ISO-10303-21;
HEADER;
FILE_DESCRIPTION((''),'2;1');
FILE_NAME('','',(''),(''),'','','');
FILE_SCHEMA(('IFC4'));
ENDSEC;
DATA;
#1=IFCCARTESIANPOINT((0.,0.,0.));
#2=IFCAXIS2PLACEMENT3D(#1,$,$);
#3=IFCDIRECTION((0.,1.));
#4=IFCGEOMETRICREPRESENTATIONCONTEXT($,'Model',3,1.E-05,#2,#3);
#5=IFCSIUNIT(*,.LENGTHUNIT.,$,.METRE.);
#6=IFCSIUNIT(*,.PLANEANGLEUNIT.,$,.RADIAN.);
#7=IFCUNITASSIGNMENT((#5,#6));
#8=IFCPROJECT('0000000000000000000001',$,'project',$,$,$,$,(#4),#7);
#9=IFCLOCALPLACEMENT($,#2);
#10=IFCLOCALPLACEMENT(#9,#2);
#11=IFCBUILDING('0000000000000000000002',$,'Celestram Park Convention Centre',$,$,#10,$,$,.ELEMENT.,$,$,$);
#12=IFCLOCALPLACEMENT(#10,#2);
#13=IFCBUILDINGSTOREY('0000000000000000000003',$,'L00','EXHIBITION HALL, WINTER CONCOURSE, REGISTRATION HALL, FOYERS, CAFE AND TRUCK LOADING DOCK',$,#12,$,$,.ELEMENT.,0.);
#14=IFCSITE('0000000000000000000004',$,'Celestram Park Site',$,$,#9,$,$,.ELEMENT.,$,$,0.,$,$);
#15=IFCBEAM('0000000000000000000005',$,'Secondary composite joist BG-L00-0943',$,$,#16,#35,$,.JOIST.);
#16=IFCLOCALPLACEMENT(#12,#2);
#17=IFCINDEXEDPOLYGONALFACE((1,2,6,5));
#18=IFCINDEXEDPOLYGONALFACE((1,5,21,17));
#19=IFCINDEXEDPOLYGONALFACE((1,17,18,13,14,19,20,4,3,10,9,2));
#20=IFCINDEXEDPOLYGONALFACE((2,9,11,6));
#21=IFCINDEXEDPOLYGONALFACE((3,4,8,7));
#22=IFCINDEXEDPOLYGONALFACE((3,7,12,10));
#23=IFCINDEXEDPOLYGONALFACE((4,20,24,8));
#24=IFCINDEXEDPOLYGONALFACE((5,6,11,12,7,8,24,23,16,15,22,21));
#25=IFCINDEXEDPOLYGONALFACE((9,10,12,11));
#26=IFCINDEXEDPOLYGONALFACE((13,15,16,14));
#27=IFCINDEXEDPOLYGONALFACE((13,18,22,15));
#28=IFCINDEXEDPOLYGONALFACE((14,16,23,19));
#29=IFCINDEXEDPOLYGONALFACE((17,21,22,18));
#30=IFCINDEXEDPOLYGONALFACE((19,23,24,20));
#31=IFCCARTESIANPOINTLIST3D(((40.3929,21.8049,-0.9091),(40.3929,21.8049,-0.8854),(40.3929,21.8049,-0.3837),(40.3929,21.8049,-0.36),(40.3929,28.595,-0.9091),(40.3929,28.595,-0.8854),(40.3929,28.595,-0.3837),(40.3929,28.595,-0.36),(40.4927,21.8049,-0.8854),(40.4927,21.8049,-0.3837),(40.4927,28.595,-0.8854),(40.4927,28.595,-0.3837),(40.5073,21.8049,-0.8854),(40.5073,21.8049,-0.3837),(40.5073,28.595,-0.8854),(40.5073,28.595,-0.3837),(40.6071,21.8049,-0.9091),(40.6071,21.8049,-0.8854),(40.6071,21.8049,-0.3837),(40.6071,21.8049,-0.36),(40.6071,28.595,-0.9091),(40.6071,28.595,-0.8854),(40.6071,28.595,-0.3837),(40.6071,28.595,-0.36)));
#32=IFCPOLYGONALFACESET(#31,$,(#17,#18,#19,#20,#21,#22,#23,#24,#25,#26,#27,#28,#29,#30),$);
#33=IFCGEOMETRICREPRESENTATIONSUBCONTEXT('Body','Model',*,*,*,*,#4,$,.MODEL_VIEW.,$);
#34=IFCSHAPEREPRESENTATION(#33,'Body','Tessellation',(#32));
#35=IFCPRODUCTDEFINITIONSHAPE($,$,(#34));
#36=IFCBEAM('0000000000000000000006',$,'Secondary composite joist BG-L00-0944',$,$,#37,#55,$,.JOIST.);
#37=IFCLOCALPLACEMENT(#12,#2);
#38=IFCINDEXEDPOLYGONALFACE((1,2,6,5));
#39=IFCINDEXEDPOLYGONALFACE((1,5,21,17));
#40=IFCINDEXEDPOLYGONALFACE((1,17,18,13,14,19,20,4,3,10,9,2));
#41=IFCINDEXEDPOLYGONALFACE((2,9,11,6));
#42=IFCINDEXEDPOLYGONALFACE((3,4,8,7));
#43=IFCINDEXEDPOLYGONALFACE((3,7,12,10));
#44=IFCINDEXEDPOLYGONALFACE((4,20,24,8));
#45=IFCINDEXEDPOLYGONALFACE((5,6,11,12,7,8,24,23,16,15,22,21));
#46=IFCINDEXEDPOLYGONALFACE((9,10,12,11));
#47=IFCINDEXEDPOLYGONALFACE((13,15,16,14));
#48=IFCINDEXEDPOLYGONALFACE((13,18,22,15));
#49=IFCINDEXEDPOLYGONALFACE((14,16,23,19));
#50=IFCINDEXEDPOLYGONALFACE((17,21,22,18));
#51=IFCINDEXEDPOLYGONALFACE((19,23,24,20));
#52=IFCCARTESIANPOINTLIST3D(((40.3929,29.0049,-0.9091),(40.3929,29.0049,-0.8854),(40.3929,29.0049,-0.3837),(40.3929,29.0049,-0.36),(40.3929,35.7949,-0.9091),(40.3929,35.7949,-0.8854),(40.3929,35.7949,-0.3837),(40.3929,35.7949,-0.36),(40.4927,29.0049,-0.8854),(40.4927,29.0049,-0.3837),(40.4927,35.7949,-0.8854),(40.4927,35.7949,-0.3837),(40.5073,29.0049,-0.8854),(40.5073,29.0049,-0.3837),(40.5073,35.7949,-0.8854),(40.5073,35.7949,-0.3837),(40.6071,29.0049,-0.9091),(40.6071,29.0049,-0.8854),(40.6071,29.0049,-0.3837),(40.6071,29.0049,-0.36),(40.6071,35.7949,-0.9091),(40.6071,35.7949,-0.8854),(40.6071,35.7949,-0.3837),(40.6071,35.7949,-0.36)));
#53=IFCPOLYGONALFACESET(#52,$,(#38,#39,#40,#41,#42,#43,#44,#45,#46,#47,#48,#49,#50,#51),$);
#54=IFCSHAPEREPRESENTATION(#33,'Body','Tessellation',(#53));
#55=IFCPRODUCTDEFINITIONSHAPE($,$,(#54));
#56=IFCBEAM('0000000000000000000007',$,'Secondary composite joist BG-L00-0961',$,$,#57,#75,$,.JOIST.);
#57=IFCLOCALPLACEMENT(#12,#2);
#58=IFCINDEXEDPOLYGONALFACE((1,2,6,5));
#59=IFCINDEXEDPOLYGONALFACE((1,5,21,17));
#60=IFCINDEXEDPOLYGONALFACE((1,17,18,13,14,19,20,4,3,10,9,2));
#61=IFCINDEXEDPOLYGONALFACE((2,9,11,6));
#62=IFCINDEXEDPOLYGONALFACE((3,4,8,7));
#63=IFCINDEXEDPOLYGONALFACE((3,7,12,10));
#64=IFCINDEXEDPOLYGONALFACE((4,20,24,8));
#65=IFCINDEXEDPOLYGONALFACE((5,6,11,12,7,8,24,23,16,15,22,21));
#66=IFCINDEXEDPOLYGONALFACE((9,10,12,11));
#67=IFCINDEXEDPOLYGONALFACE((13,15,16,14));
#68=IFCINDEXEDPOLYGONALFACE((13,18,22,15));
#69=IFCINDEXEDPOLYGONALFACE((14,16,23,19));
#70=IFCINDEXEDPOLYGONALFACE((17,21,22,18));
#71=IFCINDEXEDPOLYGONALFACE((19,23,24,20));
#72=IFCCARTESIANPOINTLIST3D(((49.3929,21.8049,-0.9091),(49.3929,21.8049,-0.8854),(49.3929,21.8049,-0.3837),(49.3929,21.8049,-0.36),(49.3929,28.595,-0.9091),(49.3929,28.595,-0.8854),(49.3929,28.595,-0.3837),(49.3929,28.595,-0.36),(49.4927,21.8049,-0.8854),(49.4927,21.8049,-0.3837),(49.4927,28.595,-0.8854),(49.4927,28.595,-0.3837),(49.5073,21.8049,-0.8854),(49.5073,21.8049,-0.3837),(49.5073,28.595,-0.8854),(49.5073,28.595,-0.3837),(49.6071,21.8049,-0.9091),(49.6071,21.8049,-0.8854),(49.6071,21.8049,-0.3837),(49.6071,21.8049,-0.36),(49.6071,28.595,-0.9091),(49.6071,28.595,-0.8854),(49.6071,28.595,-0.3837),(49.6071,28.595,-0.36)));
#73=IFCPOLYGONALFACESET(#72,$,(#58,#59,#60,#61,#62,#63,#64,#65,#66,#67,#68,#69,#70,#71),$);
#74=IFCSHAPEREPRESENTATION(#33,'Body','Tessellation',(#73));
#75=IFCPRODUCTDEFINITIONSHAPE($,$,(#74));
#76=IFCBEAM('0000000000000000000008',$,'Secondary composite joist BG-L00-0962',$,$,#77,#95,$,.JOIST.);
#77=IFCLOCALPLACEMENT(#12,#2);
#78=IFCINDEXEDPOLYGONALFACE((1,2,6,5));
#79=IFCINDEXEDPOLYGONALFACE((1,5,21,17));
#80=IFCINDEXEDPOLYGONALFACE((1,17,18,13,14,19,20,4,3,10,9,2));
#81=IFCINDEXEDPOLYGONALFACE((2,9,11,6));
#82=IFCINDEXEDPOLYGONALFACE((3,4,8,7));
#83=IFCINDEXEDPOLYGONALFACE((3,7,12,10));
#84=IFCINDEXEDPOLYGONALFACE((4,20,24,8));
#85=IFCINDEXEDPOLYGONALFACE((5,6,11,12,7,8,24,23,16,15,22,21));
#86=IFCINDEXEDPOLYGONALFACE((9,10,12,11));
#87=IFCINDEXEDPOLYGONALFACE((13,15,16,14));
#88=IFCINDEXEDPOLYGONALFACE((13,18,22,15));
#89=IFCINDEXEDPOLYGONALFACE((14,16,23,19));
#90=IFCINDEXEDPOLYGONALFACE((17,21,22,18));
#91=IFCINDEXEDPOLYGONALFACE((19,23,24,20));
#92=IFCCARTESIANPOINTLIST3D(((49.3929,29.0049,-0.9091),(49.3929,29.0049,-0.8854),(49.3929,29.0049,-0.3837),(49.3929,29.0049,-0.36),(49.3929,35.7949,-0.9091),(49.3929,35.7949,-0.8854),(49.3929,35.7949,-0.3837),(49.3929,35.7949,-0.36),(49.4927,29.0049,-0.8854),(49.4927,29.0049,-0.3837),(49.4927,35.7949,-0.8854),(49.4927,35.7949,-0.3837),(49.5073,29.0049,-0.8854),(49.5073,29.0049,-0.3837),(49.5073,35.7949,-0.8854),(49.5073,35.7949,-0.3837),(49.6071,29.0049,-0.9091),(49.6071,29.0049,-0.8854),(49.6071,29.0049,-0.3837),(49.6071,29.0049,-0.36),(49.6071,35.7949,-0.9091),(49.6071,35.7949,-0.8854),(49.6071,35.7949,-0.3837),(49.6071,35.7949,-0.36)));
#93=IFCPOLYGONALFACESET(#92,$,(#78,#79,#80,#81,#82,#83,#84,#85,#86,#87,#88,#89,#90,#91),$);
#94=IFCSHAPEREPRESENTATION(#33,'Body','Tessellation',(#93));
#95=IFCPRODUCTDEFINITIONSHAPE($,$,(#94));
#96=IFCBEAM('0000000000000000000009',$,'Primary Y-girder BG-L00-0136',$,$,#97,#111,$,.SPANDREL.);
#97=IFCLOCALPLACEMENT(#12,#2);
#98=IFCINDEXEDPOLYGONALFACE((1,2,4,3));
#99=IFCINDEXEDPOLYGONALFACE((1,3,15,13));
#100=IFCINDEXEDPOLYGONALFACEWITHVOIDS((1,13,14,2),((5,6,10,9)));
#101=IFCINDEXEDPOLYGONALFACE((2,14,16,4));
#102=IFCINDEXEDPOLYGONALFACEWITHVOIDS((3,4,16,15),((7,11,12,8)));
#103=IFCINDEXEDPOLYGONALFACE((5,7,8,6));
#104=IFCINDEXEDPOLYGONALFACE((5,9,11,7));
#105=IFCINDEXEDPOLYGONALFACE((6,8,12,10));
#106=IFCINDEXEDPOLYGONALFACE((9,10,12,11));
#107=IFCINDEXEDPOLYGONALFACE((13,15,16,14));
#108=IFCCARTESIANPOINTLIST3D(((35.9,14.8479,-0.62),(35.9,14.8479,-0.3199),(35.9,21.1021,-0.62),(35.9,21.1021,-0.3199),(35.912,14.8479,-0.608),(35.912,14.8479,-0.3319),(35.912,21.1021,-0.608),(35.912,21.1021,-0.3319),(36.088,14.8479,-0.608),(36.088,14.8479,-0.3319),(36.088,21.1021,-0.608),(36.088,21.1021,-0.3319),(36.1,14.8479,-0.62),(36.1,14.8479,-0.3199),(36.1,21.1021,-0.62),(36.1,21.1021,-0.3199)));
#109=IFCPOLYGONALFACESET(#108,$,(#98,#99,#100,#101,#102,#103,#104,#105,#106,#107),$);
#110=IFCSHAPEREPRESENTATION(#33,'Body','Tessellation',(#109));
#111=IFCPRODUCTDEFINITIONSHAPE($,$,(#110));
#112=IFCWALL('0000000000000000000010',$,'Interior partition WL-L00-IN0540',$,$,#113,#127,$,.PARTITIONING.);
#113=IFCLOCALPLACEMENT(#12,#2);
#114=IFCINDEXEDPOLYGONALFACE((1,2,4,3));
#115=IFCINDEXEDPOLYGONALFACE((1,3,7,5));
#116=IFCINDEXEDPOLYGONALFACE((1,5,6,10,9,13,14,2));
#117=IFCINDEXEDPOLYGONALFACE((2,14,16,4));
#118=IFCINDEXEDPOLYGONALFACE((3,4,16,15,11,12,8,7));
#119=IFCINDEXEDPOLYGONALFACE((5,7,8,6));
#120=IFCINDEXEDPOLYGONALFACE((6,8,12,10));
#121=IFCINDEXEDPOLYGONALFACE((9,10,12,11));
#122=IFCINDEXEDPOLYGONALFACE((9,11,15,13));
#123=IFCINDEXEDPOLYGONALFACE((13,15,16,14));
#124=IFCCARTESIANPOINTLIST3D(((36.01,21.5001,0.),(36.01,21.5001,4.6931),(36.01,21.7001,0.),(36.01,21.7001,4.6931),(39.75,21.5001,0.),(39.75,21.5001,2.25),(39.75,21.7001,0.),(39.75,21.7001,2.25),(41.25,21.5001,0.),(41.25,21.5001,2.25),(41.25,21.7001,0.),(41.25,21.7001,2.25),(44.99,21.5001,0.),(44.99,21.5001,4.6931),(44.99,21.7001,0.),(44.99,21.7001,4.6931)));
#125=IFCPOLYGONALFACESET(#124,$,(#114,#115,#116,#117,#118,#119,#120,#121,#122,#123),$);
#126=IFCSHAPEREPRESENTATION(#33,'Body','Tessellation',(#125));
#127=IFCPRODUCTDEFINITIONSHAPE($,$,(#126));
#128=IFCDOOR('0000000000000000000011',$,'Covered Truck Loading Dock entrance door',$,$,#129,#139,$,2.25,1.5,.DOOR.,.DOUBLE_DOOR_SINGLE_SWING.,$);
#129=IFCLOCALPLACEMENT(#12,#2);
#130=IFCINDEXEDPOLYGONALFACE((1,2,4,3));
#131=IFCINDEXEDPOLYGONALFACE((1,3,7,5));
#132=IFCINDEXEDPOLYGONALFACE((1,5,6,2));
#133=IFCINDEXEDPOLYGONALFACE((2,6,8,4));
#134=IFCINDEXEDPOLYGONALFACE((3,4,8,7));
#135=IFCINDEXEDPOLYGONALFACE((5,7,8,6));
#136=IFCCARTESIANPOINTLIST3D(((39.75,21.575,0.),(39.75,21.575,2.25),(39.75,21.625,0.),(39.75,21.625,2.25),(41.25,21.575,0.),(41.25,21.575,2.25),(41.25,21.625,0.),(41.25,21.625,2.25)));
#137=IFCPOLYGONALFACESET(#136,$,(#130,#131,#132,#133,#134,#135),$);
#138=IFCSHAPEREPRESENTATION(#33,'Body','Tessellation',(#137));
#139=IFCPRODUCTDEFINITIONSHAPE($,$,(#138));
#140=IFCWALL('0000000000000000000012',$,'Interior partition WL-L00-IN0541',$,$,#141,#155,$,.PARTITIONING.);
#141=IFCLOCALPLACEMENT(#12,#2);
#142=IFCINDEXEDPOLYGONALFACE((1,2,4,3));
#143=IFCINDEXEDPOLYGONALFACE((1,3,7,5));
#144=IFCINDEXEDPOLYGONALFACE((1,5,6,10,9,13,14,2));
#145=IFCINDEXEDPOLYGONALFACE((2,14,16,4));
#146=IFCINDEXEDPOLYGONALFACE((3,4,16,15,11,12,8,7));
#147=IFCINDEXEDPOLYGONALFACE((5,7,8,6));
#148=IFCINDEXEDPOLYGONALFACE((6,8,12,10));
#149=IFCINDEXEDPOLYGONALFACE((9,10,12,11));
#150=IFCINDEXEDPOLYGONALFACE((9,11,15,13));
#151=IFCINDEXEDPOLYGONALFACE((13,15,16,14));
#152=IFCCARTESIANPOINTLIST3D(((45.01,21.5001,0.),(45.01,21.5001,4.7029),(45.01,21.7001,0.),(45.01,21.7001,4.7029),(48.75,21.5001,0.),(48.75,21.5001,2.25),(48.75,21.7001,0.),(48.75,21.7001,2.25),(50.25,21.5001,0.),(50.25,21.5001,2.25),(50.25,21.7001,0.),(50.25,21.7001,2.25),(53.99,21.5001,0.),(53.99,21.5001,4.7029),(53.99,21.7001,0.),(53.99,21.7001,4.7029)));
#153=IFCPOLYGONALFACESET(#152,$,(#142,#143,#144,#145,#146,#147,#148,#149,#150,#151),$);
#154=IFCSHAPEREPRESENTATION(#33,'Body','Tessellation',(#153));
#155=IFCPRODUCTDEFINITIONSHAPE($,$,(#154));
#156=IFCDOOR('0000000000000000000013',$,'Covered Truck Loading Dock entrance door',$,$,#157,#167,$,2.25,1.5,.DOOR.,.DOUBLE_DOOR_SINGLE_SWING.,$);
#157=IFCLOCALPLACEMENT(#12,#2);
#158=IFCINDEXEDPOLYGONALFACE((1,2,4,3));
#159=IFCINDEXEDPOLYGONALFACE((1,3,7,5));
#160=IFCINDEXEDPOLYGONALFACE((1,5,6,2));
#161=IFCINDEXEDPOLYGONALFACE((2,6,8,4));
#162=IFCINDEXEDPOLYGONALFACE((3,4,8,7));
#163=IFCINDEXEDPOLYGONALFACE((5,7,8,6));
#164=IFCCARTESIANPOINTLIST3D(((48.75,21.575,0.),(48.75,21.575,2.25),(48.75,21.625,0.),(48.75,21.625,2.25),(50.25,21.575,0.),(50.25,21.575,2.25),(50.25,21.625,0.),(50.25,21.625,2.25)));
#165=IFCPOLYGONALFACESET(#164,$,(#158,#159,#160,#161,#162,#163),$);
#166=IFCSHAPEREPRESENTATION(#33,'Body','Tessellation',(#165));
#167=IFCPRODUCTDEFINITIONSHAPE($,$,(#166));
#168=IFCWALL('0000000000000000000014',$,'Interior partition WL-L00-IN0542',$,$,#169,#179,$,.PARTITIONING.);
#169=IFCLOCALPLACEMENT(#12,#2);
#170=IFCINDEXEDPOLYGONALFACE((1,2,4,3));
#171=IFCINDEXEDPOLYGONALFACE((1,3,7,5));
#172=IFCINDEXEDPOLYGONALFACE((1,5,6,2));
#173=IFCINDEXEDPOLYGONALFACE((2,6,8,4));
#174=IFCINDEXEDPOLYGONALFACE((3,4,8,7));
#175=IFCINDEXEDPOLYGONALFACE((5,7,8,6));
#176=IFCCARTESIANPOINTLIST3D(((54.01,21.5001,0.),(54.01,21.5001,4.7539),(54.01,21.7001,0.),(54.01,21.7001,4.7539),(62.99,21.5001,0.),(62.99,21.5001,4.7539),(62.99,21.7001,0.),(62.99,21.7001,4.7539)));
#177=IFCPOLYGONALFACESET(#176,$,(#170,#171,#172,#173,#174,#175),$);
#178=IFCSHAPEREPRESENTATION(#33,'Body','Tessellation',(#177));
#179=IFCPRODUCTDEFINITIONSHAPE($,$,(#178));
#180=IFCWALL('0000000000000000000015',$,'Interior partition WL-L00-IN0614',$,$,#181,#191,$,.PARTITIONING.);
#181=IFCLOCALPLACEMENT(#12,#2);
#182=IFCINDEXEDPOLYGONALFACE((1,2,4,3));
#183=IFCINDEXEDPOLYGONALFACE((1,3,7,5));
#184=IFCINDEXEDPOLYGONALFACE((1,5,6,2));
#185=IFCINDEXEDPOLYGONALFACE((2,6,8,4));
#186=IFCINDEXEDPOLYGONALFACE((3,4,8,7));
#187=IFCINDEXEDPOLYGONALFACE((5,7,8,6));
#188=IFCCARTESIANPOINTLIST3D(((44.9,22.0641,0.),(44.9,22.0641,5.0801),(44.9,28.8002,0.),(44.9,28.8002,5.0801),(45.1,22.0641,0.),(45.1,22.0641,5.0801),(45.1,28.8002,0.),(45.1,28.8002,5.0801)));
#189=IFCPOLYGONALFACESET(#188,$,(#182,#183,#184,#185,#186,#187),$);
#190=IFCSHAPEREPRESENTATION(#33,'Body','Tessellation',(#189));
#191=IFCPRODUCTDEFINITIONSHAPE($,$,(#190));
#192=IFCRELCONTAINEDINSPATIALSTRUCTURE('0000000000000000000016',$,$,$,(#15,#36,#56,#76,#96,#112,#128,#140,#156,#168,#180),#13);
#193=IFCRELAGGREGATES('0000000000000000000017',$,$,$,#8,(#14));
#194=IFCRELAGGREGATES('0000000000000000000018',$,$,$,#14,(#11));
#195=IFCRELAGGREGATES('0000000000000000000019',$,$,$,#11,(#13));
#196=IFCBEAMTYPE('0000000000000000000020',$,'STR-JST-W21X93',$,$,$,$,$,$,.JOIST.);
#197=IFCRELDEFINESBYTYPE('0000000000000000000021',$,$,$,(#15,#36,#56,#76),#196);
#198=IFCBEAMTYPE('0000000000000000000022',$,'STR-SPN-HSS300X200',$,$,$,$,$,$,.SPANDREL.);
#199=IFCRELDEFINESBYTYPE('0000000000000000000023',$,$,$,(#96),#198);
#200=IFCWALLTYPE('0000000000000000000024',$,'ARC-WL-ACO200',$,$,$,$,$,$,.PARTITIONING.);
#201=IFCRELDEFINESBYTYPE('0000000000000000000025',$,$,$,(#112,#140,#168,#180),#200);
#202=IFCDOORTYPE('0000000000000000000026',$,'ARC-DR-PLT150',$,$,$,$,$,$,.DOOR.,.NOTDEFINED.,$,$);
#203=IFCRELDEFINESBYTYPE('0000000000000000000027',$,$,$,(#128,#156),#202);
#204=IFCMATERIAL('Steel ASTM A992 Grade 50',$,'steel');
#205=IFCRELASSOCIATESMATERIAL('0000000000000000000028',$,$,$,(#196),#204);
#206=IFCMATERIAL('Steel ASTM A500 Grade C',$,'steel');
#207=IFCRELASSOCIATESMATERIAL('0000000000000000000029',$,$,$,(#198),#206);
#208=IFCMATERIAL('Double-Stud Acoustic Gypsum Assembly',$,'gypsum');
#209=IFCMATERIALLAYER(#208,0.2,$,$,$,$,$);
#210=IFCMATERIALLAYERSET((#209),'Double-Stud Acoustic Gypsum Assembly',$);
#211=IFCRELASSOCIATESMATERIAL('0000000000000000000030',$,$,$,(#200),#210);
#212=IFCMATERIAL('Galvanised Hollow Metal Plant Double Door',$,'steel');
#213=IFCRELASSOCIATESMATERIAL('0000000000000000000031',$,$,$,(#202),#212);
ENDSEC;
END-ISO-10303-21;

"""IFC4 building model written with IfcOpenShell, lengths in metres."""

from ifc_helpers import new_model, si_unit, direction, frame, frame_2d, origin, origin_2d, place, context, subcontext, project, spatial, rectangle, hollow_rectangle, i_section, extrude, material, layer, layer_set, material_profile, profile_set, type_object, element, fill, save


model = new_model("IFC4")

# Units and contexts
model_context = context("Model", 3, precision=1e-05, world=origin(), true_north=direction((0.0, 1.0)))
body_context = subcontext(model_context, "Body", "Model", "MODEL_VIEW")
ifc_project = project(units=[si_unit("LENGTHUNIT", "METRE"), si_unit("PLANEANGLEUNIT", "RADIAN")], contexts=[model_context])

# Site, building, storey
site_placement = place(None, origin())
site = spatial("IfcSite", under=ifc_project, at=site_placement, Name="Celestram Park Site", CompositionType="ELEMENT", RefElevation=0.0)
building_placement = place(site_placement, origin())
building = spatial("IfcBuilding", under=site, at=building_placement, Name="Celestram Park Convention Centre", CompositionType="ELEMENT")
storey_placement = place(building_placement, origin())
storey = spatial("IfcBuildingStorey", under=building, at=storey_placement, Name="L00", Description="EXHIBITION HALL, WINTER CONCOURSE, REGISTRATION HALL, FOYERS, CAFE AND TRUCK LOADING DOCK", CompositionType="ELEMENT", Elevation=0.0)

# Shared definitions
ifc_material_1 = material(Name="Steel ASTM A992 Grade 50", Category="steel")

# Beams
ifc_material_profile_1 = material_profile(ifc_material_1, i_section(OverallWidth=0.2141, OverallDepth=0.5491, WebThickness=0.0146, FlangeThickness=0.0237, at=origin_2d()), Name="W21X93")
ifc_profile_set_1 = profile_set([ifc_material_profile_1], Name="Steel ASTM A992 Grade 50")
beam_type_1 = type_object("IfcBeamType", Name="STR-JST-W21X93", PredefinedType="JOIST", material=ifc_profile_set_1)
for number, where, z_axis, x_axis, name in (
    (1, (40.5, 21.8049, -0.6345), (0.0, 1.0, 0.0), (-1.0, 0.0, 0.0), "Secondary composite joist BG-L00-0943"),
    (2, (40.5, 29.0049, -0.6345), (0.0, 1.0, 0.0), (-1.0, 0.0, 0.0), "Secondary composite joist BG-L00-0944"),
    (3, (49.5, 21.8049, -0.6345), (0.0, 1.0, 0.0), (-1.0, 0.0, 0.0), "Secondary composite joist BG-L00-0961"),
    (4, (49.5, 29.0049, -0.6345), (0.0, 1.0, 0.0), (-1.0, 0.0, 0.0), "Secondary composite joist BG-L00-0962"),
):
    element("IfcBeam", number, at=place(storey_placement, frame(where, z_axis=z_axis, x_axis=x_axis)), inside=storey, type_object=beam_type_1, Name=name, PredefinedType="JOIST", context=body_context, shape_type="SweptSolid", body=[
        extrude(i_section(OverallWidth=0.2141, OverallDepth=0.5491, WebThickness=0.0146, FlangeThickness=0.0237, at=origin_2d()), origin(), (0.0, 0.0, 1.0), 6.79),
    ])
ifc_material_2 = material(Name="Steel ASTM A500 Grade C", Category="steel")
ifc_material_profile_2 = material_profile(ifc_material_2, hollow_rectangle(XDim=0.2, YDim=0.3, WallThickness=0.012, at=origin_2d()), Name="HSS300X200X12")
ifc_profile_set_2 = profile_set([ifc_material_profile_2], Name="Steel ASTM A500 Grade C")
beam_type_2 = type_object("IfcBeamType", Name="STR-SPN-HSS300X200", PredefinedType="SPANDREL", material=ifc_profile_set_2)
beam_1_placement = place(storey_placement, frame((36.0, 14.8479, -0.47), z_axis=(0.0, 1.0, 0.0), x_axis=(-1.0, 0.0, 0.0)))
element("IfcBeam", 5, at=beam_1_placement, inside=storey, type_object=beam_type_2, Name="Primary Y-girder BG-L00-0136", PredefinedType="SPANDREL", context=body_context, shape_type="SweptSolid", body=[
    extrude(hollow_rectangle(XDim=0.2, YDim=0.3, WallThickness=0.012, at=origin_2d()), origin(), (0.0, 0.0, 1.0), 6.2542),
])

# Walls, openings, doors
ifc_material_3 = material(Name="Double-Stud Acoustic Gypsum Assembly", Category="gypsum")
ifc_layer = layer(ifc_material_3, 0.2)
ifc_layer_set = layer_set([ifc_layer], Name="Double-Stud Acoustic Gypsum Assembly")
wall_type = type_object("IfcWallType", Name="ARC-WL-ACO200", PredefinedType="PARTITIONING", material=ifc_layer_set)
wall_1_placement = place(storey_placement, frame((36.01, 21.6001, 0.0), z_axis=(0.0, 0.0, 1.0), x_axis=(1.0, 0.0, 0.0)))
wall_1 = element("IfcWall", 6, at=wall_1_placement, inside=storey, type_object=wall_type, Name="Interior partition WL-L00-IN0540", PredefinedType="PARTITIONING", context=body_context, shape_type="SweptSolid", body=[
    extrude(rectangle(XDim=8.98, YDim=0.2, at=frame_2d((4.49, 0.0))), origin(), (0.0, 0.0, 1.0), 4.6931),
])
opening_1_placement = place(wall_1_placement, frame((3.74, 0.0, 0.0)))
opening_1 = element("IfcOpeningElement", 7, at=opening_1_placement, cuts=wall_1, PredefinedType="OPENING", context=body_context, shape_type="SweptSolid", body=[
    extrude(rectangle(XDim=1.5, YDim=2.25, at=frame_2d((0.75, 1.125))), frame((0.0, 0.1099, 0.0), z_axis=(0.0, -1.0, 0.0), x_axis=(1.0, 0.0, 0.0)), (0.0, 0.0, 1.0), 0.22),
])
ifc_material_4 = material(Name="Galvanised Hollow Metal Plant Double Door", Category="steel")
door_type = type_object("IfcDoorType", Name="ARC-DR-PLT150", OperationType="NOTDEFINED", PredefinedType="DOOR", material=ifc_material_4)
door_1_placement = place(opening_1_placement, origin())
door_1 = element("IfcDoor", 8, at=door_1_placement, inside=storey, type_object=door_type, Name="Covered Truck Loading Dock entrance door", OperationType="DOUBLE_DOOR_SINGLE_SWING", OverallHeight=2.25, OverallWidth=1.5, PredefinedType="DOOR", context=body_context, shape_type="SweptSolid", body=[
    extrude(rectangle(XDim=1.5, YDim=2.25, at=frame_2d((0.75, 1.125))), frame((0.0, 0.0249, 0.0), z_axis=(0.0, -1.0, 0.0), x_axis=(1.0, 0.0, 0.0)), (0.0, 0.0, 1.0), 0.05),
])
fill(opening_1, door_1)
wall_2_placement = place(storey_placement, frame((45.01, 21.6001, 0.0), z_axis=(0.0, 0.0, 1.0), x_axis=(1.0, 0.0, 0.0)))
wall_2 = element("IfcWall", 9, at=wall_2_placement, inside=storey, type_object=wall_type, Name="Interior partition WL-L00-IN0541", PredefinedType="PARTITIONING", context=body_context, shape_type="SweptSolid", body=[
    extrude(rectangle(XDim=8.98, YDim=0.2, at=frame_2d((4.49, 0.0))), origin(), (0.0, 0.0, 1.0), 4.7029),
])
opening_2_placement = place(wall_2_placement, frame((3.74, 0.0, 0.0)))
opening_2 = element("IfcOpeningElement", 10, at=opening_2_placement, cuts=wall_2, PredefinedType="OPENING", context=body_context, shape_type="SweptSolid", body=[
    extrude(rectangle(XDim=1.5, YDim=2.25, at=frame_2d((0.75, 1.125))), frame((0.0, 0.1099, 0.0), z_axis=(0.0, -1.0, 0.0), x_axis=(1.0, 0.0, 0.0)), (0.0, 0.0, 1.0), 0.22),
])
door_2_placement = place(opening_2_placement, origin())
door_2 = element("IfcDoor", 11, at=door_2_placement, inside=storey, type_object=door_type, Name="Covered Truck Loading Dock entrance door", OperationType="DOUBLE_DOOR_SINGLE_SWING", OverallHeight=2.25, OverallWidth=1.5, PredefinedType="DOOR", context=body_context, shape_type="SweptSolid", body=[
    extrude(rectangle(XDim=1.5, YDim=2.25, at=frame_2d((0.75, 1.125))), frame((0.0, 0.0249, 0.0), z_axis=(0.0, -1.0, 0.0), x_axis=(1.0, 0.0, 0.0)), (0.0, 0.0, 1.0), 0.05),
])
fill(opening_2, door_2)

# Walls
wall_3_placement = place(storey_placement, frame((54.01, 21.6001, 0.0), z_axis=(0.0, 0.0, 1.0), x_axis=(1.0, 0.0, 0.0)))
element("IfcWall", 12, at=wall_3_placement, inside=storey, type_object=wall_type, Name="Interior partition WL-L00-IN0542", PredefinedType="PARTITIONING", context=body_context, shape_type="SweptSolid", body=[
    extrude(rectangle(XDim=8.98, YDim=0.2, at=frame_2d((4.49, 0.0))), origin(), (0.0, 0.0, 1.0), 4.7539),
])
wall_4_placement = place(storey_placement, frame((45.0, 22.064, 0.0), z_axis=(0.0, 0.0, 1.0), x_axis=(0.0, 1.0, 0.0)))
element("IfcWall", 13, at=wall_4_placement, inside=storey, type_object=wall_type, Name="Interior partition WL-L00-IN0614", PredefinedType="PARTITIONING", context=body_context, shape_type="SweptSolid", body=[
    extrude(rectangle(XDim=6.7361, YDim=0.2, at=frame_2d((3.3682, 0.0))), origin(), (0.0, 0.0, 1.0), 5.0801),
])

save(model, "model.ifc")
